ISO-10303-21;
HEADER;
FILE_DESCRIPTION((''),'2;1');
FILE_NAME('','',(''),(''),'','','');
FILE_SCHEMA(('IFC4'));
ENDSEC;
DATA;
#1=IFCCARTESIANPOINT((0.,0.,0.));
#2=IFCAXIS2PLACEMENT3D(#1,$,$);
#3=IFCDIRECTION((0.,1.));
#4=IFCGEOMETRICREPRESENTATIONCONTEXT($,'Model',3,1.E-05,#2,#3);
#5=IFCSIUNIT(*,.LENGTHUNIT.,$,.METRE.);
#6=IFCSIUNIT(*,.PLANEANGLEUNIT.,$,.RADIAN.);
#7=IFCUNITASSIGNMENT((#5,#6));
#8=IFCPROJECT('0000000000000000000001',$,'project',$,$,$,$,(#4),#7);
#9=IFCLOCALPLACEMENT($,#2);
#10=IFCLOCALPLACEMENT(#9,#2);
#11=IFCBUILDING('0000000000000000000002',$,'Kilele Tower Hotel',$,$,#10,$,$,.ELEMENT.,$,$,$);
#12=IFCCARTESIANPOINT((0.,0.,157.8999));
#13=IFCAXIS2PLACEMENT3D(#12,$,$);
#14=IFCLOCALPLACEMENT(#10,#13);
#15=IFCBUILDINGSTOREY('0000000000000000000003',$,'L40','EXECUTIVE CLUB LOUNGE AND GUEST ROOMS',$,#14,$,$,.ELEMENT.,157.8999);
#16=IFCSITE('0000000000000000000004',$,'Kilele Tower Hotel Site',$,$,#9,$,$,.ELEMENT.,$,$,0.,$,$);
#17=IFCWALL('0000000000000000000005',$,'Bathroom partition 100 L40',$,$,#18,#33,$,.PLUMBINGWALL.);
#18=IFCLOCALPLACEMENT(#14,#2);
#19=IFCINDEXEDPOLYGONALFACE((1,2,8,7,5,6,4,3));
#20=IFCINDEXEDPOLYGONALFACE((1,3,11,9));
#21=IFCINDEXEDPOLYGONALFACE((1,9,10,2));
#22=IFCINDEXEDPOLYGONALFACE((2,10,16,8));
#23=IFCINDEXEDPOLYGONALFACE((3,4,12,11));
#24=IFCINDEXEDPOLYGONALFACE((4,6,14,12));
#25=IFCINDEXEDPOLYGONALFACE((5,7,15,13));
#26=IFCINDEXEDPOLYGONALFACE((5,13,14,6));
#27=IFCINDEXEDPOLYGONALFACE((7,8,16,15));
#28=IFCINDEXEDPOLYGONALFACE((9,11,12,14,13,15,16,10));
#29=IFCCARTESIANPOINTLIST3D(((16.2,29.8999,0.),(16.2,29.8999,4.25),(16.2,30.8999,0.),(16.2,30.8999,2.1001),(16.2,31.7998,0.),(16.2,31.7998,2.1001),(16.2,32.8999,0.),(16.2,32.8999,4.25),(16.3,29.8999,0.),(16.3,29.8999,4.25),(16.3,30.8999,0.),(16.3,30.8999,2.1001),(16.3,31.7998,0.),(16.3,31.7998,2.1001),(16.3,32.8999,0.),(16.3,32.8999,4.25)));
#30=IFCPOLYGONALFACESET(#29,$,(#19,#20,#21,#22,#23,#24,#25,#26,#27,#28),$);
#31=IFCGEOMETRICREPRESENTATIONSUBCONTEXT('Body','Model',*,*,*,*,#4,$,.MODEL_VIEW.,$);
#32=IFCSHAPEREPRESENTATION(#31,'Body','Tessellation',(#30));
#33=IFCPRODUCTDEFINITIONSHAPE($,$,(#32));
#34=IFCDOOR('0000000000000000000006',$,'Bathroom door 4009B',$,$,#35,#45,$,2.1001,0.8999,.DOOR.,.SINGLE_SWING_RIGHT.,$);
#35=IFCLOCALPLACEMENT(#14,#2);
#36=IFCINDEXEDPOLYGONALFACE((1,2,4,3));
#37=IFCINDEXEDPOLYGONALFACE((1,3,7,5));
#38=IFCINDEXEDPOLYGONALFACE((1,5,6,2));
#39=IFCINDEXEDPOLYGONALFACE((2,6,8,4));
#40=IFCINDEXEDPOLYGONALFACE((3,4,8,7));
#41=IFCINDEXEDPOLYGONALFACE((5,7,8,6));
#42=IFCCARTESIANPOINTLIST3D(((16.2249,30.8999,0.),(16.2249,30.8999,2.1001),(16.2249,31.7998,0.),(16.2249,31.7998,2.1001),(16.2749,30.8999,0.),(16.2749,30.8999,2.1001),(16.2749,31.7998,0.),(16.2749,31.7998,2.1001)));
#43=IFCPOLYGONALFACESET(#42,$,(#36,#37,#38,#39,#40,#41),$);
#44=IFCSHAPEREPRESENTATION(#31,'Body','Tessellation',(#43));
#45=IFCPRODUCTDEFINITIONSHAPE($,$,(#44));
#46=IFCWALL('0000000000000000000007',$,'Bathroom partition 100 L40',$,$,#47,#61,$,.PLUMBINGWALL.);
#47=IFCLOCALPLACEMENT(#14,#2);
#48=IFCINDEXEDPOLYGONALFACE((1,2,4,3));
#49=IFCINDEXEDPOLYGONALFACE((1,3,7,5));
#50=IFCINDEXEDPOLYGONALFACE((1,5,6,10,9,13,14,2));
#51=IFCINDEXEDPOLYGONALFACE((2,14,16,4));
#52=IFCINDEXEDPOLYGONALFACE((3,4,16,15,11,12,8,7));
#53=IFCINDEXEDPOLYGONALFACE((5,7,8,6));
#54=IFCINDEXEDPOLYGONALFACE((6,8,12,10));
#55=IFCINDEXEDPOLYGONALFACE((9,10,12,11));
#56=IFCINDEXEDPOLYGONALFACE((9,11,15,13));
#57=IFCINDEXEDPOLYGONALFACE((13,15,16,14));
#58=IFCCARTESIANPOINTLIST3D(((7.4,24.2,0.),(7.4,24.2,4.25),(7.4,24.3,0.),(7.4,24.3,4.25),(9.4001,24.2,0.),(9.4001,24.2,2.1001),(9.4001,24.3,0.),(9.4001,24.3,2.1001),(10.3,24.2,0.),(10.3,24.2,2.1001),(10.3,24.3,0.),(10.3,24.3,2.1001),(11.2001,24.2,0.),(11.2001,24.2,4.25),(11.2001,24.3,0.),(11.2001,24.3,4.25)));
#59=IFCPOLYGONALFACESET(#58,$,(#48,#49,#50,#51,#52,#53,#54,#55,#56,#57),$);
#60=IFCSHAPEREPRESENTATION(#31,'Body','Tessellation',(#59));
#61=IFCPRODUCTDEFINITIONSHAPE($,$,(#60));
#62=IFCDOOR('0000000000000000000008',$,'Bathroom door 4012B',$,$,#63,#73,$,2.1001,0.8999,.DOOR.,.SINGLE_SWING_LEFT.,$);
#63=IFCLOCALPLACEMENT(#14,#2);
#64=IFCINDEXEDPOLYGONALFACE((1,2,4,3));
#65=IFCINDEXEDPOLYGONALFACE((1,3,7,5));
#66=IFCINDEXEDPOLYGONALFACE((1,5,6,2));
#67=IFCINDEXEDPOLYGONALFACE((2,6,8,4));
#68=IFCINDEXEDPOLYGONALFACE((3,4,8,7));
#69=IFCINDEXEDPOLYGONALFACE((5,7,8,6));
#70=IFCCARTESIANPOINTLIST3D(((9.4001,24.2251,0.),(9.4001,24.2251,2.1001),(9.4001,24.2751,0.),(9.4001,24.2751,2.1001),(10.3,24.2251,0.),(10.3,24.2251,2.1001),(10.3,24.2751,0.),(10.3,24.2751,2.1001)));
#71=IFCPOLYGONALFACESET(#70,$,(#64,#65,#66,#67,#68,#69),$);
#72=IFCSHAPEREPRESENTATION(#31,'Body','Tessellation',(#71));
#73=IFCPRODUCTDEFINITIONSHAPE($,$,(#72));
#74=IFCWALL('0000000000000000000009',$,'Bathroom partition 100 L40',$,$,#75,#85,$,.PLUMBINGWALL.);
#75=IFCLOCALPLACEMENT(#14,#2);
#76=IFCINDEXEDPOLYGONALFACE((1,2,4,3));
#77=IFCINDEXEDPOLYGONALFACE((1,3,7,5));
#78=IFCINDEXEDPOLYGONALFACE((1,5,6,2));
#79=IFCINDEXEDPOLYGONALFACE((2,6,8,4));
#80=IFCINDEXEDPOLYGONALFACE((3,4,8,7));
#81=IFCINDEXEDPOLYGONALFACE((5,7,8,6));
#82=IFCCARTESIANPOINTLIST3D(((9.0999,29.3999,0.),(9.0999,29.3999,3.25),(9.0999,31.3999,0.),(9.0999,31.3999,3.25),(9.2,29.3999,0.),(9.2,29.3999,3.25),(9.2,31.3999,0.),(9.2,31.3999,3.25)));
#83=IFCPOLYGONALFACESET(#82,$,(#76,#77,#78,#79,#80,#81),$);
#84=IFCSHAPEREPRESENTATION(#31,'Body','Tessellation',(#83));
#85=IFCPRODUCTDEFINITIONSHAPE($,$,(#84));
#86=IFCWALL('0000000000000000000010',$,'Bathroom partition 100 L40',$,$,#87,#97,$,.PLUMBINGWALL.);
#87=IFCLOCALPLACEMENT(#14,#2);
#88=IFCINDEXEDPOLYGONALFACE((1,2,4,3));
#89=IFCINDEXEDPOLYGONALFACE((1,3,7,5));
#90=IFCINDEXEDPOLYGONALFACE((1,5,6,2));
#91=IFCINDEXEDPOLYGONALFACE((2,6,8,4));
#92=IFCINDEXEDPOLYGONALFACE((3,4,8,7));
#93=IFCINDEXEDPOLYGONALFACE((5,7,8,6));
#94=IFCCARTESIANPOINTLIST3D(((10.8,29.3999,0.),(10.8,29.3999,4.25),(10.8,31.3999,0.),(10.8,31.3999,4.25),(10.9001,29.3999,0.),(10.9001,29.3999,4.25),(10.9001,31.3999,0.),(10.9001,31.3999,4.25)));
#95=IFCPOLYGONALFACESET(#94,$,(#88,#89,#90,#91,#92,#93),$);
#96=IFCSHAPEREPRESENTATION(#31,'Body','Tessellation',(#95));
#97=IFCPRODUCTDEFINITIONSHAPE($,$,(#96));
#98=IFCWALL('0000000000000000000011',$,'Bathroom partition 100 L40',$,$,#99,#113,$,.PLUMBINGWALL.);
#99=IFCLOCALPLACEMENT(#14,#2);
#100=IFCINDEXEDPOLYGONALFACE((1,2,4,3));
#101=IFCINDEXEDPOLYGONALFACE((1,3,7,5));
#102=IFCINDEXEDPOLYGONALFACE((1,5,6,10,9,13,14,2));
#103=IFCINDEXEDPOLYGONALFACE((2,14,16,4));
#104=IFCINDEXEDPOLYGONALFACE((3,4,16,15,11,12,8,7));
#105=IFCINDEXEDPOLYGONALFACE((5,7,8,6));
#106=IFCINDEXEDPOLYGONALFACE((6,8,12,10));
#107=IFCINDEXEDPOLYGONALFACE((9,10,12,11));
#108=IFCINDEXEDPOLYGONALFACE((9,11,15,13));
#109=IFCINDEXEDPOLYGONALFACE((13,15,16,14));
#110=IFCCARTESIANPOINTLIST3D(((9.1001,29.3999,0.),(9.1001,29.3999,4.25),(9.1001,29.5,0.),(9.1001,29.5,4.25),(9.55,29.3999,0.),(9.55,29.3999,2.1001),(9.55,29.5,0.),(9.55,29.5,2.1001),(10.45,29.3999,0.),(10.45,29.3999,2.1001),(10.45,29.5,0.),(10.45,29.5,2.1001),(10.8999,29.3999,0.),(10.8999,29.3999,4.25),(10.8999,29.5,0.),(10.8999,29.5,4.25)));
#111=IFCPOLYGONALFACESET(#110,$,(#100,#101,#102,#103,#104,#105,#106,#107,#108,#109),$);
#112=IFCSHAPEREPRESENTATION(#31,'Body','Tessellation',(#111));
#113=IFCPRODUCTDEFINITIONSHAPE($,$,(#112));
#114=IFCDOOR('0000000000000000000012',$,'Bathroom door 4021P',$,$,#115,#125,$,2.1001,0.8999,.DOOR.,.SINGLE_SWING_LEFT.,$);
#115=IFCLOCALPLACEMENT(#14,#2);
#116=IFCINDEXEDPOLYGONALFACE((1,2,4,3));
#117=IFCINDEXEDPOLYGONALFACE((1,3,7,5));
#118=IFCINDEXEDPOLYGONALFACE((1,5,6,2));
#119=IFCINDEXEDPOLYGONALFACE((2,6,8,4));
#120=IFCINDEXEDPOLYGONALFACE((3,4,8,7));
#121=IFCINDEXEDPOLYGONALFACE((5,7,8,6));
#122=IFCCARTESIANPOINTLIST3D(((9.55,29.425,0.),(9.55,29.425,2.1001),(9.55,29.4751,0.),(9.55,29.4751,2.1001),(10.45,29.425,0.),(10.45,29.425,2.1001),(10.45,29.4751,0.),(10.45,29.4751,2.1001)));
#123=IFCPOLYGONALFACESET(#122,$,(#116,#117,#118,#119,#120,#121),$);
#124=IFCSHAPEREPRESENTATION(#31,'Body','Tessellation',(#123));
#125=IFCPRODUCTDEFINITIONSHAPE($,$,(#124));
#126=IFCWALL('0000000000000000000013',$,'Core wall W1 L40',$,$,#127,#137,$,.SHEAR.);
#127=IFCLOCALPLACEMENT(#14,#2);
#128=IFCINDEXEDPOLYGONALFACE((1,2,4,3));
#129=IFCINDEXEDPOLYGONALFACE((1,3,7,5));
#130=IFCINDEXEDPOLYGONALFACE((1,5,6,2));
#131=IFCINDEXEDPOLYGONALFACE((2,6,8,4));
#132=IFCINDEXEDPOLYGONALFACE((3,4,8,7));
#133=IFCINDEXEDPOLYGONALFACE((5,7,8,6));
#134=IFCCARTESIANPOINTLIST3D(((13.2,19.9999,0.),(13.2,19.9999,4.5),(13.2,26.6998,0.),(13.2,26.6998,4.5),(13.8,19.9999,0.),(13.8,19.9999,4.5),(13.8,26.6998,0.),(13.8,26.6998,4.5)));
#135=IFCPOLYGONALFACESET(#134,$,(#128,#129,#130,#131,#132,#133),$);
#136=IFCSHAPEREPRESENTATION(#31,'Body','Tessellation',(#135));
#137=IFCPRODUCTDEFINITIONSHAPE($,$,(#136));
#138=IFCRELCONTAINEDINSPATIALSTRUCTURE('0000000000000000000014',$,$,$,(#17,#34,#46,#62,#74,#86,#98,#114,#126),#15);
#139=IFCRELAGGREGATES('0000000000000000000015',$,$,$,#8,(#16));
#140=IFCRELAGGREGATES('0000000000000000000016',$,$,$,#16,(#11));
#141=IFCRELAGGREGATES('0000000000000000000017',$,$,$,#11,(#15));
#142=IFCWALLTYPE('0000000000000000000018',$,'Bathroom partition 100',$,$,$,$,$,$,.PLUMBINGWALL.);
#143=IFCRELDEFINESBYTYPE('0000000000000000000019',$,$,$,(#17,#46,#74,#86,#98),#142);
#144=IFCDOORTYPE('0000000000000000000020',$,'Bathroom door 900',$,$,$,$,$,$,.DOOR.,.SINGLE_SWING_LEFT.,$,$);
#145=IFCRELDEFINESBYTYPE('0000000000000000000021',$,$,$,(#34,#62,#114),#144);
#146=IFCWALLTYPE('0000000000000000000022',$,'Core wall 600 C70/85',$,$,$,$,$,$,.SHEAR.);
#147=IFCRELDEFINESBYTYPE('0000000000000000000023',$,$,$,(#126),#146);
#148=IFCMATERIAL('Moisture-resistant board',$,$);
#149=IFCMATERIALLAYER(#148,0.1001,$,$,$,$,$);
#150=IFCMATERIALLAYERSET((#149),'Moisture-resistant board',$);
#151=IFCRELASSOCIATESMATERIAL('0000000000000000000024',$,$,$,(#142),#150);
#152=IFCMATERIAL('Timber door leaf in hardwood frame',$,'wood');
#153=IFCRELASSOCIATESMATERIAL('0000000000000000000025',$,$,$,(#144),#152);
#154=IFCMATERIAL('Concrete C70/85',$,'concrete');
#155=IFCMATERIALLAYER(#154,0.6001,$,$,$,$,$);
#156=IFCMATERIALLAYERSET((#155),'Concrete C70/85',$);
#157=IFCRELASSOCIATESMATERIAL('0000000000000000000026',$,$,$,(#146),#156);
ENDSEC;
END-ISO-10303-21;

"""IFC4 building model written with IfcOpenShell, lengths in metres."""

from ifc_helpers import new_model, si_unit, direction, frame, frame_2d, origin, place, context, subcontext, project, spatial, rectangle, extrude, material, layer, layer_set, type_object, element, fill, save


model = new_model("IFC4")

# Units and contexts
model_context = context("Model", 3, precision=1e-05, world=origin(), true_north=direction((0.0, 1.0)))
body_context = subcontext(model_context, "Body", "Model", "MODEL_VIEW")
ifc_project = project(units=[si_unit("LENGTHUNIT", "METRE"), si_unit("PLANEANGLEUNIT", "RADIAN")], contexts=[model_context])

# Site, building, storey
site_placement = place(None, origin())
site = spatial("IfcSite", under=ifc_project, at=site_placement, Name="Kilele Tower Hotel Site", CompositionType="ELEMENT", RefElevation=0.0)
building_placement = place(site_placement, origin())
building = spatial("IfcBuilding", under=site, at=building_placement, Name="Kilele Tower Hotel", CompositionType="ELEMENT")
storey_placement = place(building_placement, frame((0.0, 0.0, 157.8999)))
storey = spatial("IfcBuildingStorey", under=building, at=storey_placement, Name="L40", Description="EXECUTIVE CLUB LOUNGE AND GUEST ROOMS", CompositionType="ELEMENT", Elevation=157.8999)

# Walls, openings, doors
ifc_material_1 = material(Name="Moisture-resistant board")
ifc_layer_1 = layer(ifc_material_1, 0.1001)
ifc_layer_set_1 = layer_set([ifc_layer_1], Name="Moisture-resistant board")
wall_type_1 = type_object("IfcWallType", Name="Bathroom partition 100", PredefinedType="PLUMBINGWALL", material=ifc_layer_set_1)
wall_1_placement = place(storey_placement, frame((16.25, 29.8999, 0.0), z_axis=(0.0, 0.0, 1.0), x_axis=(0.0, 1.0, 0.0)))
wall_1 = element("IfcWall", 1, at=wall_1_placement, inside=storey, type_object=wall_type_1, Name="Bathroom partition 100 L40", PredefinedType="PLUMBINGWALL", context=body_context, shape_type="SweptSolid", body=[
    extrude(rectangle(XDim=3.0, YDim=0.1001, at=frame_2d((1.5, 0.0))), origin(), (0.0, 0.0, 1.0), 4.25),
])
opening_1_placement = place(wall_1_placement, frame((1.8999, 0.0, 0.0), z_axis=(0.0, 0.0, 1.0), x_axis=(-1.0, 0.0, 0.0)))
opening_1 = element("IfcOpeningElement", 2, at=opening_1_placement, cuts=wall_1, PredefinedType="OPENING", context=body_context, shape_type="SweptSolid", body=[
    extrude(rectangle(XDim=0.8999, YDim=2.1001, at=frame_2d((0.45, 1.05))), frame((0.0, 0.0601, 0.0), z_axis=(0.0, -1.0, 0.0), x_axis=(1.0, 0.0, 0.0)), (0.0, 0.0, 1.0), 0.1201),
])
ifc_material_2 = material(Name="Timber door leaf in hardwood frame", Category="wood")
door_type_1 = type_object("IfcDoorType", Name="Bathroom door 900", OperationType="SINGLE_SWING_LEFT", PredefinedType="DOOR", material=ifc_material_2)
door_1_placement = place(opening_1_placement, origin())
door_1 = element("IfcDoor", 3, at=door_1_placement, inside=storey, type_object=door_type_1, Name="Bathroom door 4009B", OperationType="SINGLE_SWING_RIGHT", OverallHeight=2.1001, OverallWidth=0.8999, PredefinedType="DOOR", context=body_context, shape_type="SweptSolid", body=[
    extrude(rectangle(XDim=0.8999, YDim=2.1001, at=frame_2d((0.45, 1.05))), frame((0.0, 0.0249, 0.0), z_axis=(0.0, -1.0, 0.0), x_axis=(1.0, 0.0, 0.0)), (0.0, 0.0, 1.0), 0.05),
])
fill(opening_1, door_1)
wall_2_placement = place(storey_placement, frame((11.2, 24.25, 0.0), z_axis=(0.0, 0.0, 1.0), x_axis=(-1.0, 0.0, 0.0)))
wall_2 = element("IfcWall", 4, at=wall_2_placement, inside=storey, type_object=wall_type_1, Name="Bathroom partition 100 L40", PredefinedType="PLUMBINGWALL", context=body_context, shape_type="SweptSolid", body=[
    extrude(rectangle(XDim=3.8, YDim=0.1001, at=frame_2d((1.8999, 0.0))), origin(), (0.0, 0.0, 1.0), 4.25),
])
opening_2_placement = place(wall_2_placement, frame((0.8999, 0.0, 0.0)))
opening_2 = element("IfcOpeningElement", 5, at=opening_2_placement, cuts=wall_2, PredefinedType="OPENING", context=body_context, shape_type="SweptSolid", body=[
    extrude(rectangle(XDim=0.8999, YDim=2.1001, at=frame_2d((0.45, 1.05))), frame((0.0, 0.0601, 0.0), z_axis=(0.0, -1.0, 0.0), x_axis=(1.0, 0.0, 0.0)), (0.0, 0.0, 1.0), 0.1201),
])
door_2_placement = place(opening_2_placement, origin())
door_2 = element("IfcDoor", 6, at=door_2_placement, inside=storey, type_object=door_type_1, Name="Bathroom door 4012B", OperationType="SINGLE_SWING_LEFT", OverallHeight=2.1001, OverallWidth=0.8999, PredefinedType="DOOR", context=body_context, shape_type="SweptSolid", body=[
    extrude(rectangle(XDim=0.8999, YDim=2.1001, at=frame_2d((0.45, 1.05))), frame((0.0, 0.0249, 0.0), z_axis=(0.0, -1.0, 0.0), x_axis=(1.0, 0.0, 0.0)), (0.0, 0.0, 1.0), 0.05),
])
fill(opening_2, door_2)

# Walls
wall_3_placement = place(storey_placement, frame((9.1499, 31.3999, 0.0), z_axis=(0.0, 0.0, 1.0), x_axis=(0.0, -1.0, 0.0)))
element("IfcWall", 7, at=wall_3_placement, inside=storey, type_object=wall_type_1, Name="Bathroom partition 100 L40", PredefinedType="PLUMBINGWALL", context=body_context, shape_type="SweptSolid", body=[
    extrude(rectangle(XDim=2.0, YDim=0.1001, at=frame_2d((1.0, 0.0))), origin(), (0.0, 0.0, 1.0), 3.25),
])
wall_4_placement = place(storey_placement, frame((10.8501, 31.3999, 0.0), z_axis=(0.0, 0.0, 1.0), x_axis=(0.0, -1.0, 0.0)))
element("IfcWall", 8, at=wall_4_placement, inside=storey, type_object=wall_type_1, Name="Bathroom partition 100 L40", PredefinedType="PLUMBINGWALL", context=body_context, shape_type="SweptSolid", body=[
    extrude(rectangle(XDim=2.0, YDim=0.1001, at=frame_2d((1.0, 0.0))), origin(), (0.0, 0.0, 1.0), 4.25),
])

# Wall, opening, door
wall_5_placement = place(storey_placement, frame((10.8999, 29.45, 0.0), z_axis=(0.0, 0.0, 1.0), x_axis=(-1.0, 0.0, 0.0)))
wall_5 = element("IfcWall", 9, at=wall_5_placement, inside=storey, type_object=wall_type_1, Name="Bathroom partition 100 L40", PredefinedType="PLUMBINGWALL", context=body_context, shape_type="SweptSolid", body=[
    extrude(rectangle(XDim=1.7998, YDim=0.1001, at=frame_2d((0.8999, 0.0))), origin(), (0.0, 0.0, 1.0), 4.25),
])
opening_3_placement = place(wall_5_placement, frame((0.45, 0.0, 0.0)))
opening_3 = element("IfcOpeningElement", 10, at=opening_3_placement, cuts=wall_5, PredefinedType="OPENING", context=body_context, shape_type="SweptSolid", body=[
    extrude(rectangle(XDim=0.8999, YDim=2.1001, at=frame_2d((0.45, 1.05))), frame((0.0, 0.0601, 0.0), z_axis=(0.0, -1.0, 0.0), x_axis=(1.0, 0.0, 0.0)), (0.0, 0.0, 1.0), 0.1201),
])
door_3_placement = place(opening_3_placement, origin())
door_3 = element("IfcDoor", 11, at=door_3_placement, inside=storey, type_object=door_type_1, Name="Bathroom door 4021P", OperationType="SINGLE_SWING_LEFT", OverallHeight=2.1001, OverallWidth=0.8999, PredefinedType="DOOR", context=body_context, shape_type="SweptSolid", body=[
    extrude(rectangle(XDim=0.8999, YDim=2.1001, at=frame_2d((0.45, 1.05))), frame((0.0, 0.0249, 0.0), z_axis=(0.0, -1.0, 0.0), x_axis=(1.0, 0.0, 0.0)), (0.0, 0.0, 1.0), 0.05),
])
fill(opening_3, door_3)

# Wall
ifc_material_3 = material(Name="Concrete C70/85", Category="concrete")
ifc_layer_2 = layer(ifc_material_3, 0.6001)
ifc_layer_set_2 = layer_set([ifc_layer_2], Name="Concrete C70/85")
wall_type_2 = type_object("IfcWallType", Name="Core wall 600 C70/85", PredefinedType="SHEAR", material=ifc_layer_set_2)
wall_6_placement = place(storey_placement, frame((13.5, 26.7, 0.0), z_axis=(0.0, 0.0, 1.0), x_axis=(0.0, -1.0, 0.0)))
element("IfcWall", 12, at=wall_6_placement, inside=storey, type_object=wall_type_2, Name="Core wall W1 L40", PredefinedType="SHEAR", context=body_context, shape_type="SweptSolid", body=[
    extrude(rectangle(XDim=6.7, YDim=0.6001, at=frame_2d((3.3501, 0.0))), origin(), (0.0, 0.0, 1.0), 4.5),
])

save(model, "model.ifc")
